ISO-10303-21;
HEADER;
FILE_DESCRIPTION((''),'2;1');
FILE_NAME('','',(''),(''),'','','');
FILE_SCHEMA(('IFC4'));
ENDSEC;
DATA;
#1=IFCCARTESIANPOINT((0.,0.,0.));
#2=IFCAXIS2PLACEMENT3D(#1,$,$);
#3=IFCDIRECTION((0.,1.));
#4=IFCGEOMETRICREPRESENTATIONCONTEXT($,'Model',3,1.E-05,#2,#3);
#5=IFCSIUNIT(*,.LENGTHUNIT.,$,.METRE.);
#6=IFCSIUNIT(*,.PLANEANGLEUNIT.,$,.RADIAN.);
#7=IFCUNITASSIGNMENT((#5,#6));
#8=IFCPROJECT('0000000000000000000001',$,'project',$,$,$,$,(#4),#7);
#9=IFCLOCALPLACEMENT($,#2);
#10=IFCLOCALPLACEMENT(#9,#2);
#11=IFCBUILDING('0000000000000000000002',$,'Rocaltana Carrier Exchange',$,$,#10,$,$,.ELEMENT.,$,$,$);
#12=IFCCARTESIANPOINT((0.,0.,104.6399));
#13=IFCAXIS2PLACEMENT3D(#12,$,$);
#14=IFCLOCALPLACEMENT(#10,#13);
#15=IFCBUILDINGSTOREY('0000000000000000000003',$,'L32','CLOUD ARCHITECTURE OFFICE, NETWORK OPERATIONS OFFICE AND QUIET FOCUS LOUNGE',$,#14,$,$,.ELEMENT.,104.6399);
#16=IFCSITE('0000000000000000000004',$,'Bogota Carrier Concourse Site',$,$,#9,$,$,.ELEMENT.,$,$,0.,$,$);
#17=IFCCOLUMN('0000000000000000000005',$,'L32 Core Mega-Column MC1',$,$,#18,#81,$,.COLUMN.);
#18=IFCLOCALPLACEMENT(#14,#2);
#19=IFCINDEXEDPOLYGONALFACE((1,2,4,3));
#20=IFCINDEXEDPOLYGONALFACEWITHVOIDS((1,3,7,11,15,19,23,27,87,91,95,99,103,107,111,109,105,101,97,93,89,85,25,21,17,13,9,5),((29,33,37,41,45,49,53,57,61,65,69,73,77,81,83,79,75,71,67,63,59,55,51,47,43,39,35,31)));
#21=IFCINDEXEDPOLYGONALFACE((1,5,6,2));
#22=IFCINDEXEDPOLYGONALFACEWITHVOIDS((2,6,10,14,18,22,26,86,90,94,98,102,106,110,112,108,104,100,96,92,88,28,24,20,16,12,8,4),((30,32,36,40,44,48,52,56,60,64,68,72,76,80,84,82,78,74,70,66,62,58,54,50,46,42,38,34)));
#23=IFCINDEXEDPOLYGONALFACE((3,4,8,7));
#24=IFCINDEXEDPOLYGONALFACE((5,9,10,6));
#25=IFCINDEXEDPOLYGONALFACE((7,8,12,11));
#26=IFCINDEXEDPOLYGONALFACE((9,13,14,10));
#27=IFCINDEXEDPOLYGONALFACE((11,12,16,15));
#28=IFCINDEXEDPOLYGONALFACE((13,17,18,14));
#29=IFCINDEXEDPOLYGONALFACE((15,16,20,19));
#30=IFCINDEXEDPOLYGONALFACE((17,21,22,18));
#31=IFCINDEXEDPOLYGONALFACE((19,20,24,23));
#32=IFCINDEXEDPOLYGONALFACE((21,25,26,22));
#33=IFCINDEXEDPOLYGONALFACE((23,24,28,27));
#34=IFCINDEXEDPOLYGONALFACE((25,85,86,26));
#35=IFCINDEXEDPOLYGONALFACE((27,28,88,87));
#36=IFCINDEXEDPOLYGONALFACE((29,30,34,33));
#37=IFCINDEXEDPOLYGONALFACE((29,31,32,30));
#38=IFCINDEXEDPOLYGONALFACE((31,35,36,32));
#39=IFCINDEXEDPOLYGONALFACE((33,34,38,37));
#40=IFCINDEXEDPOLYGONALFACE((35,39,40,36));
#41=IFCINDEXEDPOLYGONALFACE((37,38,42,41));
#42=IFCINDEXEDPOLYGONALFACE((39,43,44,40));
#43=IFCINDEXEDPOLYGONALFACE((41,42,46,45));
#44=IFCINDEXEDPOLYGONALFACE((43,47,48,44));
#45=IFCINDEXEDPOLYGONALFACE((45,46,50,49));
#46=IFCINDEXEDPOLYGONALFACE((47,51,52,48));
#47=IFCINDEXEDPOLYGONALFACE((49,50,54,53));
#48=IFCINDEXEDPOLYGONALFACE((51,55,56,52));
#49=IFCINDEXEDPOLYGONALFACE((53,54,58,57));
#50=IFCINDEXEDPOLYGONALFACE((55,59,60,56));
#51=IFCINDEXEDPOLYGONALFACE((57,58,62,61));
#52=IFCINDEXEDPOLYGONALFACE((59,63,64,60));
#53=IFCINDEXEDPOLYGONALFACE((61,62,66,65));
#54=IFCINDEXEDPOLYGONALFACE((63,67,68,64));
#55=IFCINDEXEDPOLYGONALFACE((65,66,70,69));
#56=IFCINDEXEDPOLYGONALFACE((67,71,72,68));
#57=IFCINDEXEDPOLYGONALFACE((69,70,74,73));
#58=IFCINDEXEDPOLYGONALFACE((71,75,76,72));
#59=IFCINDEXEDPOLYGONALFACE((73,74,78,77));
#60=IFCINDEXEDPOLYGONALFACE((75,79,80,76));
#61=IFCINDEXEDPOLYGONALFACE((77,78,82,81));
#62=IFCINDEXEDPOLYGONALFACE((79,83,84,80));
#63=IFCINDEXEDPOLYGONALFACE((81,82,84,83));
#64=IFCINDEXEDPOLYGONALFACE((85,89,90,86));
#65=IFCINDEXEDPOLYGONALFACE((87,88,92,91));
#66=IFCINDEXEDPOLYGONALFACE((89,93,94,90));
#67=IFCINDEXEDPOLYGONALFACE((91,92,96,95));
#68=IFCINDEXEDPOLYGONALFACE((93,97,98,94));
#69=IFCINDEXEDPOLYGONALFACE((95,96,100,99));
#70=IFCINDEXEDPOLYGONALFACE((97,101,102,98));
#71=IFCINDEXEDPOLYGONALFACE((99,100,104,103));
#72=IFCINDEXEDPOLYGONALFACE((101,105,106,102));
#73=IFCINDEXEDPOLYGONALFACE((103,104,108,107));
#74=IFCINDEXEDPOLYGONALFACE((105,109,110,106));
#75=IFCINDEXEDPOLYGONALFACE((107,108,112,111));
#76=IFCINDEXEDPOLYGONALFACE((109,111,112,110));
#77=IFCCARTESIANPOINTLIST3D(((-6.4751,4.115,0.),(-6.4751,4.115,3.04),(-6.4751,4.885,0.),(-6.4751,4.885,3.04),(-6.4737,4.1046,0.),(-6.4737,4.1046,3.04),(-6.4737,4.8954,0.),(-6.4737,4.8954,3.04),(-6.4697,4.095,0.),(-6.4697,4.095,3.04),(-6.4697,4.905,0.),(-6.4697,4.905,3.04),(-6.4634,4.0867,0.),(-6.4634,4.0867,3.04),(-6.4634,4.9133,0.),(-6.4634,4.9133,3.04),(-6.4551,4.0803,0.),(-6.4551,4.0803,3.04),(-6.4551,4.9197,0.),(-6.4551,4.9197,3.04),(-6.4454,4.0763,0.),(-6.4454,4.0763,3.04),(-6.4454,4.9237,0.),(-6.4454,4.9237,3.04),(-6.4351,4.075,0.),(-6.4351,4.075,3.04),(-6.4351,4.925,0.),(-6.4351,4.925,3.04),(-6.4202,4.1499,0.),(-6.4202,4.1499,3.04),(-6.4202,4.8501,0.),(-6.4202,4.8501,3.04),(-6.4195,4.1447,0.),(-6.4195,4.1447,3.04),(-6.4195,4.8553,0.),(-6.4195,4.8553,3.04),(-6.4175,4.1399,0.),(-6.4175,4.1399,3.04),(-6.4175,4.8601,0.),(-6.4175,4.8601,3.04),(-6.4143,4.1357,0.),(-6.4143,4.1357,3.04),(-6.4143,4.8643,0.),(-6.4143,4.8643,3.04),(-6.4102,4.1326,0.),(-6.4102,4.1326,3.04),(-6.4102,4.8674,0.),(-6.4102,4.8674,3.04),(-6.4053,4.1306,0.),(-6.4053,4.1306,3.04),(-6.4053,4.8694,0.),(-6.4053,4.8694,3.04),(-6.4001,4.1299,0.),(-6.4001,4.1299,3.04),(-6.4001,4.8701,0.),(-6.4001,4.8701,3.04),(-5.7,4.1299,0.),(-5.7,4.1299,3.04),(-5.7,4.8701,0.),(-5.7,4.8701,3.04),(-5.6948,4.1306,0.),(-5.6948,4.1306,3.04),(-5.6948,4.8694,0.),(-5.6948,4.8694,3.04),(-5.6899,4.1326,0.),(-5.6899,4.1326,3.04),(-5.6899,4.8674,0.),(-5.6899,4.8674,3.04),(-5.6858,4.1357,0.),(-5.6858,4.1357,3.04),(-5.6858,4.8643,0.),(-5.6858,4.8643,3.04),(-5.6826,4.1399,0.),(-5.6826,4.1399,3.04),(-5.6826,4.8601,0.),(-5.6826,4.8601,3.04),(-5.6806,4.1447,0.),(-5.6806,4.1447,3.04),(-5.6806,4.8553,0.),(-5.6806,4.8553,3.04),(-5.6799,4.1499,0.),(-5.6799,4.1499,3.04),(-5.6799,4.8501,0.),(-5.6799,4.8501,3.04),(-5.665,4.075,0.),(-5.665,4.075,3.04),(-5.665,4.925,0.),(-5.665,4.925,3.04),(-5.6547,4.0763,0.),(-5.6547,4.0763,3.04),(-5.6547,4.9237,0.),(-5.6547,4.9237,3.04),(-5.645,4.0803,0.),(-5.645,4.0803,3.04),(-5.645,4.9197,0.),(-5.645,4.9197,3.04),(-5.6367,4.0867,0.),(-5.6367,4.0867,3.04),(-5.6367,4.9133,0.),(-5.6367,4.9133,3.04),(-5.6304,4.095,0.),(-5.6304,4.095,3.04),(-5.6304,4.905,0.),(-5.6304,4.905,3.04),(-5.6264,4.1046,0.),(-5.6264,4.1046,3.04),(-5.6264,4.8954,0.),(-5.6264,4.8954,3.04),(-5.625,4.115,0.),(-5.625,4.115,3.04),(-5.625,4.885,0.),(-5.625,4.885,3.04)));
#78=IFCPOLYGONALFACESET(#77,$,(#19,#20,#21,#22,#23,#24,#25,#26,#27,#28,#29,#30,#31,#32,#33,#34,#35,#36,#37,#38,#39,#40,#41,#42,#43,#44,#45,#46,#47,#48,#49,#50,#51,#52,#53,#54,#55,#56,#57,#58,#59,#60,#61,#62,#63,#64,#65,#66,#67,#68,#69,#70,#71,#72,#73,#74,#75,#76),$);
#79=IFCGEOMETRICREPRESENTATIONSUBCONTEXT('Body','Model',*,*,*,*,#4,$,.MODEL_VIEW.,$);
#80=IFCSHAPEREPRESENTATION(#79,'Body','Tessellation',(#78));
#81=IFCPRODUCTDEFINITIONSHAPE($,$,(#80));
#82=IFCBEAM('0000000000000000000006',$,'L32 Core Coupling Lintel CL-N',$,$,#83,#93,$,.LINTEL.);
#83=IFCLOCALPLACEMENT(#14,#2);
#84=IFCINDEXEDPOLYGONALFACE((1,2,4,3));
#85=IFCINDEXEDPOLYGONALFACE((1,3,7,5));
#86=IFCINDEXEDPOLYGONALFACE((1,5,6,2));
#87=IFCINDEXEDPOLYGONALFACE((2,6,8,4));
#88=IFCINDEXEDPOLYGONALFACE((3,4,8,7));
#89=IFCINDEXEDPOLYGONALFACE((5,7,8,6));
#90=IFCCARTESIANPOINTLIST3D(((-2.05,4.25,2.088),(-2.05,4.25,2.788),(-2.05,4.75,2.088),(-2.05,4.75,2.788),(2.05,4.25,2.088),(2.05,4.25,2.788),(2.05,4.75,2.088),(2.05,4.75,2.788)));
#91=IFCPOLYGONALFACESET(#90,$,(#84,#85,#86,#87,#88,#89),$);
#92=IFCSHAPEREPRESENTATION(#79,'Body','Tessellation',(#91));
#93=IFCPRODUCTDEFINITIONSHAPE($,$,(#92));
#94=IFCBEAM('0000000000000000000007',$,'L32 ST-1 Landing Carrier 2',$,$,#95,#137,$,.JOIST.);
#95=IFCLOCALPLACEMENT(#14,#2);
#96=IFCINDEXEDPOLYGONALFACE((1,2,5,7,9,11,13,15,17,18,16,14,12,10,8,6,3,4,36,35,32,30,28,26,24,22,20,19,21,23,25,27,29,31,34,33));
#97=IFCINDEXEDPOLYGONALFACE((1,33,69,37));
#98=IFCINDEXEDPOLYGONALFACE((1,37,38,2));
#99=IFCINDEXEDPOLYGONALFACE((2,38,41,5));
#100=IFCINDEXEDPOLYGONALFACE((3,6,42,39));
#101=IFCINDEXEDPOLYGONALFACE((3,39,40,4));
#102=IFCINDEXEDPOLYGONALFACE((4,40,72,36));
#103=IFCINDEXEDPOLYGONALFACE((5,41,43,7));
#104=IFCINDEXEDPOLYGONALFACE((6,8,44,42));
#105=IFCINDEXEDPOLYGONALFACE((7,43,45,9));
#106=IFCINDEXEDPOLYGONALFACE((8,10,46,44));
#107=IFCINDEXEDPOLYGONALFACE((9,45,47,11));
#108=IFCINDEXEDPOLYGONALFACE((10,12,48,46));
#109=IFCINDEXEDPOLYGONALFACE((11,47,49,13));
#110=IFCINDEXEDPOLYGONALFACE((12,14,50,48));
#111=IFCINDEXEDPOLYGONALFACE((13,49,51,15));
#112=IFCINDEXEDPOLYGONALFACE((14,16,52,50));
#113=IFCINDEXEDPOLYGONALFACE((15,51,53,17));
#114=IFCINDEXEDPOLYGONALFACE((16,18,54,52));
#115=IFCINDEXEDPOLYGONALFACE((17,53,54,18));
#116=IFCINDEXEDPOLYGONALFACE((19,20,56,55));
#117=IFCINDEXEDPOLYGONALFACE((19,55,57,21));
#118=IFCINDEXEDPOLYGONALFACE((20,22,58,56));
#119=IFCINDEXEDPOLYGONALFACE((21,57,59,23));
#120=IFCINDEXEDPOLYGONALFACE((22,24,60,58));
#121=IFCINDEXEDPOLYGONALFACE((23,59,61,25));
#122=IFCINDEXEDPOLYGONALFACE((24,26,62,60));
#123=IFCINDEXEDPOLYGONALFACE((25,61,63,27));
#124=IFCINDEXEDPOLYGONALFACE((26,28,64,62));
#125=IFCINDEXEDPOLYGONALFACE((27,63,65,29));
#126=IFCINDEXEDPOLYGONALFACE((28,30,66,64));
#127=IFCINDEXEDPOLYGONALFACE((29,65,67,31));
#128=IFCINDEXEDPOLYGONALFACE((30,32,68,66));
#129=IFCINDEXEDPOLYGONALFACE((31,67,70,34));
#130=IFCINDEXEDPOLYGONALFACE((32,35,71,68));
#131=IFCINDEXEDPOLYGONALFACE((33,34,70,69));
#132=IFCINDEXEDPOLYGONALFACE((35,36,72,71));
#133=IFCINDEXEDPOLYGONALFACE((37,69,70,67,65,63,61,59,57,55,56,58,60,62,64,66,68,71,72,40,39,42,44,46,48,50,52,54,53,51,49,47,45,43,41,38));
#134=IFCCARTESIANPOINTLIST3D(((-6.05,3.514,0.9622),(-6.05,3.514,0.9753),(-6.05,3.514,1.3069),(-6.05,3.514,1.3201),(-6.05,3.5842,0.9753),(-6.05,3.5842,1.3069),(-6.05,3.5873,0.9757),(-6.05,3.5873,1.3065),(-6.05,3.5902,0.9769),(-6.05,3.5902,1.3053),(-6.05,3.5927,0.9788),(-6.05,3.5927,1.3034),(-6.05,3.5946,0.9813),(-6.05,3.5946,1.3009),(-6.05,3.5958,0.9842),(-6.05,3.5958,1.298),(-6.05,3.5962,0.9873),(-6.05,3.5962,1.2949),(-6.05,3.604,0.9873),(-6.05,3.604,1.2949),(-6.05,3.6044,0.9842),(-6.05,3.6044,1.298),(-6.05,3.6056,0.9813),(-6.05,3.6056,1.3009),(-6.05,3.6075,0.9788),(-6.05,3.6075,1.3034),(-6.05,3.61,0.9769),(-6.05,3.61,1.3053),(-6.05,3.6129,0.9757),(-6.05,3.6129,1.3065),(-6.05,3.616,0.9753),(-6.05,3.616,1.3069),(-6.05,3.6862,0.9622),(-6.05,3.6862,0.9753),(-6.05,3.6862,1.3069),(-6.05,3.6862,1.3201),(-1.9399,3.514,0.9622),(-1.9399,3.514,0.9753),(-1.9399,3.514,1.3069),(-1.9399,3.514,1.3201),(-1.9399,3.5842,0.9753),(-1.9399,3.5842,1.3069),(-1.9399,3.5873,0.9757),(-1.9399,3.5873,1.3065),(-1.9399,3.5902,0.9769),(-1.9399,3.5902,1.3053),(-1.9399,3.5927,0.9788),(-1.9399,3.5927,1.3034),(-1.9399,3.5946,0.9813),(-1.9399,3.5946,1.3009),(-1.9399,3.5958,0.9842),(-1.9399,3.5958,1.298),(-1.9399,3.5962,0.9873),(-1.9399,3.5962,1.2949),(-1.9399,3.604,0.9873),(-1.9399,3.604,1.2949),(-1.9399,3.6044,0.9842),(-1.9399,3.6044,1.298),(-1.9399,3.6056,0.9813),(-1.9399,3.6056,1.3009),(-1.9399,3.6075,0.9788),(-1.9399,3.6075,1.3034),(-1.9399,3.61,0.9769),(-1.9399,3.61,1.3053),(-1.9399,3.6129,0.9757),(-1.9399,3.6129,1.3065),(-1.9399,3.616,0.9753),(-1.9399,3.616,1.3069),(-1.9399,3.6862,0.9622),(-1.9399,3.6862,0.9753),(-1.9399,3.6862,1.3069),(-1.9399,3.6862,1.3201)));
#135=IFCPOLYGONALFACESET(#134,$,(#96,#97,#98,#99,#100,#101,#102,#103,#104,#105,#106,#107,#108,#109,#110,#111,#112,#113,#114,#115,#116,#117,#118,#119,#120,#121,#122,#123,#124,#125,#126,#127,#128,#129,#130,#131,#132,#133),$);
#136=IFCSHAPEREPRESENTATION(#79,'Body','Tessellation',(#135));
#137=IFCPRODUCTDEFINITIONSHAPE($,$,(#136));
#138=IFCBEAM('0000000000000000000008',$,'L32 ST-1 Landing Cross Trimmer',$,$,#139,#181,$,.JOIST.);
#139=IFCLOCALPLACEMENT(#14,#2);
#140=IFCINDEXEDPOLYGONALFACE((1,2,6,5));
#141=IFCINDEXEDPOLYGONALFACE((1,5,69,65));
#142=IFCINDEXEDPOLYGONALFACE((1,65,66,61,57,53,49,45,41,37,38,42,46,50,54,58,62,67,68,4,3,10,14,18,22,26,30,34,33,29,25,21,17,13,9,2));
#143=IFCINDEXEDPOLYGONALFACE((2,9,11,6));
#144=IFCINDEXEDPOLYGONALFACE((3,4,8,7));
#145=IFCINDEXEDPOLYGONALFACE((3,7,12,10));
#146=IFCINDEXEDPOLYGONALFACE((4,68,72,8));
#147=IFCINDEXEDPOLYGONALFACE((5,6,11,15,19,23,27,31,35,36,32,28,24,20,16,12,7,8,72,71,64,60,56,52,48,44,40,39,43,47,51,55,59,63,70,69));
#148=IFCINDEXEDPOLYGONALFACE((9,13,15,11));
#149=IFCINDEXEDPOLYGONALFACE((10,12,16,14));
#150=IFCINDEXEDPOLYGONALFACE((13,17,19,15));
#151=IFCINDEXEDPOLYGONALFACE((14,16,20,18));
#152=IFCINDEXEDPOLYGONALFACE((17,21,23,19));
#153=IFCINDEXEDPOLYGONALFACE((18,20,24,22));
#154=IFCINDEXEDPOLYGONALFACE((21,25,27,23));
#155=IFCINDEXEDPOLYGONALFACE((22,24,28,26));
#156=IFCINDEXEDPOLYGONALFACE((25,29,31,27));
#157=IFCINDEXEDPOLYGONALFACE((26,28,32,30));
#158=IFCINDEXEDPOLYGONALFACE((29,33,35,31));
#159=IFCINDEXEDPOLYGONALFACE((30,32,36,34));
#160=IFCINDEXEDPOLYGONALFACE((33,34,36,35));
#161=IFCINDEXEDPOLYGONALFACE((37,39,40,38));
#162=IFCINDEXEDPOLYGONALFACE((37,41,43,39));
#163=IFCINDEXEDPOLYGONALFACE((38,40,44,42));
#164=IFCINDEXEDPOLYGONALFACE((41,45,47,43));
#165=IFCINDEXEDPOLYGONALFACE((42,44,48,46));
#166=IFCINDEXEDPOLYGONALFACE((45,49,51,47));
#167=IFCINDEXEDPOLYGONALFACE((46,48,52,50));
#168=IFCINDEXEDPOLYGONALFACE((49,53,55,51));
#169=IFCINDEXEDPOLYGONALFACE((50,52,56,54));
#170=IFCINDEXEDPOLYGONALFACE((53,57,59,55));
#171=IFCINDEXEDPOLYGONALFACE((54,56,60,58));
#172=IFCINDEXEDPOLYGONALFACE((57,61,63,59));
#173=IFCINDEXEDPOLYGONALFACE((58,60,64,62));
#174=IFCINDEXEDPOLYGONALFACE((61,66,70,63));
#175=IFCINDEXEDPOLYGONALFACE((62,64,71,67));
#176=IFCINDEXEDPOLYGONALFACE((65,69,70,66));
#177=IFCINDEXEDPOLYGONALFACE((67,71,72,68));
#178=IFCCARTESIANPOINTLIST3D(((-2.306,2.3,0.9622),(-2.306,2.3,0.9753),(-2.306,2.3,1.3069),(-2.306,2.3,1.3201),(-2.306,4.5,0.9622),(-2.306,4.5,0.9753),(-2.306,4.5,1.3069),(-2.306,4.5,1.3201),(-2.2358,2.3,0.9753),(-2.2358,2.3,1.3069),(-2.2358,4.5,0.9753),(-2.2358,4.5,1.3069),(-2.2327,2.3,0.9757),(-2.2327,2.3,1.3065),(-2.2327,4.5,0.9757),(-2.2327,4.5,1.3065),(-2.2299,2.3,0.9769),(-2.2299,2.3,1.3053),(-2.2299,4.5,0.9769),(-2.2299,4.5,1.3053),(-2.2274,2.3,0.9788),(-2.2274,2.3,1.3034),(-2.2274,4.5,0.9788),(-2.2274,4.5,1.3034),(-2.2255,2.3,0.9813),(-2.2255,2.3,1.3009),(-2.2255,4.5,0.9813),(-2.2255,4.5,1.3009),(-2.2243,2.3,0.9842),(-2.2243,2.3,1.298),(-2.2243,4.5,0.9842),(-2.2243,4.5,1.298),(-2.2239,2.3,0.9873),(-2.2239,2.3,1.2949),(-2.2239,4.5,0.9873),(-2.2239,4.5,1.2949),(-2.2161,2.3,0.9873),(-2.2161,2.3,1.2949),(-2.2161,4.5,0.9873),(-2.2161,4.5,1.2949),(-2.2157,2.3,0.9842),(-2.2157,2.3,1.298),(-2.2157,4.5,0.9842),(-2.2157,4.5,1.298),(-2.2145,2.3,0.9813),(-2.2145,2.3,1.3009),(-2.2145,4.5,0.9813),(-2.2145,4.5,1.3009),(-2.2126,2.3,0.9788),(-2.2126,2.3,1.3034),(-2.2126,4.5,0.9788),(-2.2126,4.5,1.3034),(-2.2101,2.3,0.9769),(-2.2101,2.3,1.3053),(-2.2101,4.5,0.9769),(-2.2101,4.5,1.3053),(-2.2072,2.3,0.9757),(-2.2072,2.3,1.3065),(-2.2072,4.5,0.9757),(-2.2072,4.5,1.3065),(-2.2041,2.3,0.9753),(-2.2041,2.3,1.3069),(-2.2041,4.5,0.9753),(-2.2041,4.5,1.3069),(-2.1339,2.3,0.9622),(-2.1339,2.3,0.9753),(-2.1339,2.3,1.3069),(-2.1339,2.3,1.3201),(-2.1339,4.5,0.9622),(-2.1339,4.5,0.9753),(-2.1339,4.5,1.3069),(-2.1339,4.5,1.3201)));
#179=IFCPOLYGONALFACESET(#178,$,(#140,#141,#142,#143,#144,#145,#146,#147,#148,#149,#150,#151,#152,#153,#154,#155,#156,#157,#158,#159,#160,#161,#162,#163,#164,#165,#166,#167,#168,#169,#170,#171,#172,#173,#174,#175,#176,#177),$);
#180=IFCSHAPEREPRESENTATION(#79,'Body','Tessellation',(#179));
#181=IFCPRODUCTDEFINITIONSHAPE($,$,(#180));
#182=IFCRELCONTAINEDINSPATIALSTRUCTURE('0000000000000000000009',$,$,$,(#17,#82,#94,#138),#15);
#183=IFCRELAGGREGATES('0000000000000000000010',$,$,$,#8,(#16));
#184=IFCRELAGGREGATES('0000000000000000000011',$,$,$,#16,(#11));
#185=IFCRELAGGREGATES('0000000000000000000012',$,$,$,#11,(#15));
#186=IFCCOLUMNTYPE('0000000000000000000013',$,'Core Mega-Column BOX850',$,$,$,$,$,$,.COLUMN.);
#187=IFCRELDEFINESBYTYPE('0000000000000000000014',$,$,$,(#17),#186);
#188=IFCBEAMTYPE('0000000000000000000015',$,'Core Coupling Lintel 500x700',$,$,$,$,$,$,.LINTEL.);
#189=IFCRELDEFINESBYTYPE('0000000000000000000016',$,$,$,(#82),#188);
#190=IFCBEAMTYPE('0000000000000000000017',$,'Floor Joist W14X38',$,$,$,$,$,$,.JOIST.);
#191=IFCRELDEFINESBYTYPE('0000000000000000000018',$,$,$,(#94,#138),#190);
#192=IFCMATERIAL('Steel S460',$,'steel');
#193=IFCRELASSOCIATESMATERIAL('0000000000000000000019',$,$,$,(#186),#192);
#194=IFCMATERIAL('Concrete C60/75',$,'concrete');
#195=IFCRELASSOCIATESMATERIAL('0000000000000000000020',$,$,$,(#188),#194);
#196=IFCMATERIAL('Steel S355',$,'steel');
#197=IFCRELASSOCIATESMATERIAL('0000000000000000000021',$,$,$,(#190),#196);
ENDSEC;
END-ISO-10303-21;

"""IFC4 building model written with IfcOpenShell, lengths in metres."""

from ifc_helpers import new_model, si_unit, direction, frame, origin, origin_2d, place, context, subcontext, project, spatial, rectangle, hollow_rectangle, i_section, extrude, material, material_profile, profile_set, type_object, element, save


model = new_model("IFC4")

# Units and contexts
model_context = context("Model", 3, precision=1e-05, world=origin(), true_north=direction((0.0, 1.0)))
body_context = subcontext(model_context, "Body", "Model", "MODEL_VIEW")
ifc_project = project(units=[si_unit("LENGTHUNIT", "METRE"), si_unit("PLANEANGLEUNIT", "RADIAN")], contexts=[model_context])

# Site, building, storey
site_placement = place(None, origin())
site = spatial("IfcSite", under=ifc_project, at=site_placement, Name="Bogota Carrier Concourse Site", CompositionType="ELEMENT", RefElevation=0.0)
building_placement = place(site_placement, origin())
building = spatial("IfcBuilding", under=site, at=building_placement, Name="Rocaltana Carrier Exchange", CompositionType="ELEMENT")
storey_placement = place(building_placement, frame((0.0, 0.0, 104.6399)))
storey = spatial("IfcBuildingStorey", under=building, at=storey_placement, Name="L32", Description="CLOUD ARCHITECTURE OFFICE, NETWORK OPERATIONS OFFICE AND QUIET FOCUS LOUNGE", CompositionType="ELEMENT", Elevation=104.6399)

# Column
ifc_material_1 = material(Name="Steel S460", Category="steel")
ifc_material_profile_1 = material_profile(ifc_material_1, hollow_rectangle(XDim=0.8501, YDim=0.8501, WallThickness=0.0549, InnerFilletRadius=0.02, OuterFilletRadius=0.04, at=origin_2d()), Name="BOX850X850X55")
ifc_profile_set_1 = profile_set([ifc_material_profile_1], Name="Steel S460")
column_type = type_object("IfcColumnType", Name="Core Mega-Column BOX850", PredefinedType="COLUMN", material=ifc_profile_set_1)
column_placement = place(storey_placement, frame((-6.05, 4.5, 0.0), z_axis=(0.0, 0.0, 1.0), x_axis=(1.0, 0.0, 0.0)))
element("IfcColumn", 1, at=column_placement, inside=storey, type_object=column_type, Name="L32 Core Mega-Column MC1", PredefinedType="COLUMN", context=body_context, shape_type="SweptSolid", body=[
    extrude(hollow_rectangle(XDim=0.8501, YDim=0.8501, WallThickness=0.0549, InnerFilletRadius=0.02, OuterFilletRadius=0.04, at=origin_2d()), origin(), (0.0, 0.0, 1.0), 3.04),
])

# Beams
ifc_material_2 = material(Name="Concrete C60/75", Category="concrete")
ifc_material_profile_2 = material_profile(ifc_material_2, rectangle(XDim=0.5, YDim=0.7, at=origin_2d()), Name="RC-BM-500X700")
ifc_profile_set_2 = profile_set([ifc_material_profile_2], Name="Concrete C60/75")
beam_type_1 = type_object("IfcBeamType", Name="Core Coupling Lintel 500x700", PredefinedType="LINTEL", material=ifc_profile_set_2)
beam_1_placement = place(storey_placement, frame((-2.05, 4.5, 2.438), z_axis=(1.0, 0.0, 0.0), x_axis=(0.0, 1.0, 0.0)))
element("IfcBeam", 2, at=beam_1_placement, inside=storey, type_object=beam_type_1, Name="L32 Core Coupling Lintel CL-N", PredefinedType="LINTEL", context=body_context, shape_type="SweptSolid", body=[
    extrude(rectangle(XDim=0.5, YDim=0.7, at=origin_2d()), origin(), (0.0, 0.0, 1.0), 4.1001),
])
ifc_material_3 = material(Name="Steel S355", Category="steel")
ifc_material_profile_3 = material_profile(ifc_material_3, i_section(OverallWidth=0.1721, OverallDepth=0.3579, WebThickness=0.0078, FlangeThickness=0.0132, FilletRadius=0.012, at=origin_2d()), Name="W14X38")
ifc_profile_set_3 = profile_set([ifc_material_profile_3], Name="Steel S355")
beam_type_2 = type_object("IfcBeamType", Name="Floor Joist W14X38", PredefinedType="JOIST", material=ifc_profile_set_3)
beam_2_placement = place(storey_placement, frame((-6.05, 3.6001, 1.1411), z_axis=(1.0, 0.0, 0.0), x_axis=(0.0, 1.0, 0.0)))
element("IfcBeam", 3, at=beam_2_placement, inside=storey, type_object=beam_type_2, Name="L32 ST-1 Landing Carrier 2", PredefinedType="JOIST", context=body_context, shape_type="SweptSolid", body=[
    extrude(i_section(OverallWidth=0.1721, OverallDepth=0.3579, WebThickness=0.0078, FlangeThickness=0.0132, FilletRadius=0.012, at=origin_2d()), origin(), (0.0, 0.0, 1.0), 4.1101),
])
beam_3_placement = place(storey_placement, frame((-2.22, 2.3, 1.1411), z_axis=(0.0, 1.0, 0.0), x_axis=(-1.0, 0.0, 0.0)))
element("IfcBeam", 4, at=beam_3_placement, inside=storey, type_object=beam_type_2, Name="L32 ST-1 Landing Cross Trimmer", PredefinedType="JOIST", context=body_context, shape_type="SweptSolid", body=[
    extrude(i_section(OverallWidth=0.1721, OverallDepth=0.3579, WebThickness=0.0078, FlangeThickness=0.0132, FilletRadius=0.012, at=origin_2d()), origin(), (0.0, 0.0, 1.0), 2.2),
])

save(model, "model.ifc")
